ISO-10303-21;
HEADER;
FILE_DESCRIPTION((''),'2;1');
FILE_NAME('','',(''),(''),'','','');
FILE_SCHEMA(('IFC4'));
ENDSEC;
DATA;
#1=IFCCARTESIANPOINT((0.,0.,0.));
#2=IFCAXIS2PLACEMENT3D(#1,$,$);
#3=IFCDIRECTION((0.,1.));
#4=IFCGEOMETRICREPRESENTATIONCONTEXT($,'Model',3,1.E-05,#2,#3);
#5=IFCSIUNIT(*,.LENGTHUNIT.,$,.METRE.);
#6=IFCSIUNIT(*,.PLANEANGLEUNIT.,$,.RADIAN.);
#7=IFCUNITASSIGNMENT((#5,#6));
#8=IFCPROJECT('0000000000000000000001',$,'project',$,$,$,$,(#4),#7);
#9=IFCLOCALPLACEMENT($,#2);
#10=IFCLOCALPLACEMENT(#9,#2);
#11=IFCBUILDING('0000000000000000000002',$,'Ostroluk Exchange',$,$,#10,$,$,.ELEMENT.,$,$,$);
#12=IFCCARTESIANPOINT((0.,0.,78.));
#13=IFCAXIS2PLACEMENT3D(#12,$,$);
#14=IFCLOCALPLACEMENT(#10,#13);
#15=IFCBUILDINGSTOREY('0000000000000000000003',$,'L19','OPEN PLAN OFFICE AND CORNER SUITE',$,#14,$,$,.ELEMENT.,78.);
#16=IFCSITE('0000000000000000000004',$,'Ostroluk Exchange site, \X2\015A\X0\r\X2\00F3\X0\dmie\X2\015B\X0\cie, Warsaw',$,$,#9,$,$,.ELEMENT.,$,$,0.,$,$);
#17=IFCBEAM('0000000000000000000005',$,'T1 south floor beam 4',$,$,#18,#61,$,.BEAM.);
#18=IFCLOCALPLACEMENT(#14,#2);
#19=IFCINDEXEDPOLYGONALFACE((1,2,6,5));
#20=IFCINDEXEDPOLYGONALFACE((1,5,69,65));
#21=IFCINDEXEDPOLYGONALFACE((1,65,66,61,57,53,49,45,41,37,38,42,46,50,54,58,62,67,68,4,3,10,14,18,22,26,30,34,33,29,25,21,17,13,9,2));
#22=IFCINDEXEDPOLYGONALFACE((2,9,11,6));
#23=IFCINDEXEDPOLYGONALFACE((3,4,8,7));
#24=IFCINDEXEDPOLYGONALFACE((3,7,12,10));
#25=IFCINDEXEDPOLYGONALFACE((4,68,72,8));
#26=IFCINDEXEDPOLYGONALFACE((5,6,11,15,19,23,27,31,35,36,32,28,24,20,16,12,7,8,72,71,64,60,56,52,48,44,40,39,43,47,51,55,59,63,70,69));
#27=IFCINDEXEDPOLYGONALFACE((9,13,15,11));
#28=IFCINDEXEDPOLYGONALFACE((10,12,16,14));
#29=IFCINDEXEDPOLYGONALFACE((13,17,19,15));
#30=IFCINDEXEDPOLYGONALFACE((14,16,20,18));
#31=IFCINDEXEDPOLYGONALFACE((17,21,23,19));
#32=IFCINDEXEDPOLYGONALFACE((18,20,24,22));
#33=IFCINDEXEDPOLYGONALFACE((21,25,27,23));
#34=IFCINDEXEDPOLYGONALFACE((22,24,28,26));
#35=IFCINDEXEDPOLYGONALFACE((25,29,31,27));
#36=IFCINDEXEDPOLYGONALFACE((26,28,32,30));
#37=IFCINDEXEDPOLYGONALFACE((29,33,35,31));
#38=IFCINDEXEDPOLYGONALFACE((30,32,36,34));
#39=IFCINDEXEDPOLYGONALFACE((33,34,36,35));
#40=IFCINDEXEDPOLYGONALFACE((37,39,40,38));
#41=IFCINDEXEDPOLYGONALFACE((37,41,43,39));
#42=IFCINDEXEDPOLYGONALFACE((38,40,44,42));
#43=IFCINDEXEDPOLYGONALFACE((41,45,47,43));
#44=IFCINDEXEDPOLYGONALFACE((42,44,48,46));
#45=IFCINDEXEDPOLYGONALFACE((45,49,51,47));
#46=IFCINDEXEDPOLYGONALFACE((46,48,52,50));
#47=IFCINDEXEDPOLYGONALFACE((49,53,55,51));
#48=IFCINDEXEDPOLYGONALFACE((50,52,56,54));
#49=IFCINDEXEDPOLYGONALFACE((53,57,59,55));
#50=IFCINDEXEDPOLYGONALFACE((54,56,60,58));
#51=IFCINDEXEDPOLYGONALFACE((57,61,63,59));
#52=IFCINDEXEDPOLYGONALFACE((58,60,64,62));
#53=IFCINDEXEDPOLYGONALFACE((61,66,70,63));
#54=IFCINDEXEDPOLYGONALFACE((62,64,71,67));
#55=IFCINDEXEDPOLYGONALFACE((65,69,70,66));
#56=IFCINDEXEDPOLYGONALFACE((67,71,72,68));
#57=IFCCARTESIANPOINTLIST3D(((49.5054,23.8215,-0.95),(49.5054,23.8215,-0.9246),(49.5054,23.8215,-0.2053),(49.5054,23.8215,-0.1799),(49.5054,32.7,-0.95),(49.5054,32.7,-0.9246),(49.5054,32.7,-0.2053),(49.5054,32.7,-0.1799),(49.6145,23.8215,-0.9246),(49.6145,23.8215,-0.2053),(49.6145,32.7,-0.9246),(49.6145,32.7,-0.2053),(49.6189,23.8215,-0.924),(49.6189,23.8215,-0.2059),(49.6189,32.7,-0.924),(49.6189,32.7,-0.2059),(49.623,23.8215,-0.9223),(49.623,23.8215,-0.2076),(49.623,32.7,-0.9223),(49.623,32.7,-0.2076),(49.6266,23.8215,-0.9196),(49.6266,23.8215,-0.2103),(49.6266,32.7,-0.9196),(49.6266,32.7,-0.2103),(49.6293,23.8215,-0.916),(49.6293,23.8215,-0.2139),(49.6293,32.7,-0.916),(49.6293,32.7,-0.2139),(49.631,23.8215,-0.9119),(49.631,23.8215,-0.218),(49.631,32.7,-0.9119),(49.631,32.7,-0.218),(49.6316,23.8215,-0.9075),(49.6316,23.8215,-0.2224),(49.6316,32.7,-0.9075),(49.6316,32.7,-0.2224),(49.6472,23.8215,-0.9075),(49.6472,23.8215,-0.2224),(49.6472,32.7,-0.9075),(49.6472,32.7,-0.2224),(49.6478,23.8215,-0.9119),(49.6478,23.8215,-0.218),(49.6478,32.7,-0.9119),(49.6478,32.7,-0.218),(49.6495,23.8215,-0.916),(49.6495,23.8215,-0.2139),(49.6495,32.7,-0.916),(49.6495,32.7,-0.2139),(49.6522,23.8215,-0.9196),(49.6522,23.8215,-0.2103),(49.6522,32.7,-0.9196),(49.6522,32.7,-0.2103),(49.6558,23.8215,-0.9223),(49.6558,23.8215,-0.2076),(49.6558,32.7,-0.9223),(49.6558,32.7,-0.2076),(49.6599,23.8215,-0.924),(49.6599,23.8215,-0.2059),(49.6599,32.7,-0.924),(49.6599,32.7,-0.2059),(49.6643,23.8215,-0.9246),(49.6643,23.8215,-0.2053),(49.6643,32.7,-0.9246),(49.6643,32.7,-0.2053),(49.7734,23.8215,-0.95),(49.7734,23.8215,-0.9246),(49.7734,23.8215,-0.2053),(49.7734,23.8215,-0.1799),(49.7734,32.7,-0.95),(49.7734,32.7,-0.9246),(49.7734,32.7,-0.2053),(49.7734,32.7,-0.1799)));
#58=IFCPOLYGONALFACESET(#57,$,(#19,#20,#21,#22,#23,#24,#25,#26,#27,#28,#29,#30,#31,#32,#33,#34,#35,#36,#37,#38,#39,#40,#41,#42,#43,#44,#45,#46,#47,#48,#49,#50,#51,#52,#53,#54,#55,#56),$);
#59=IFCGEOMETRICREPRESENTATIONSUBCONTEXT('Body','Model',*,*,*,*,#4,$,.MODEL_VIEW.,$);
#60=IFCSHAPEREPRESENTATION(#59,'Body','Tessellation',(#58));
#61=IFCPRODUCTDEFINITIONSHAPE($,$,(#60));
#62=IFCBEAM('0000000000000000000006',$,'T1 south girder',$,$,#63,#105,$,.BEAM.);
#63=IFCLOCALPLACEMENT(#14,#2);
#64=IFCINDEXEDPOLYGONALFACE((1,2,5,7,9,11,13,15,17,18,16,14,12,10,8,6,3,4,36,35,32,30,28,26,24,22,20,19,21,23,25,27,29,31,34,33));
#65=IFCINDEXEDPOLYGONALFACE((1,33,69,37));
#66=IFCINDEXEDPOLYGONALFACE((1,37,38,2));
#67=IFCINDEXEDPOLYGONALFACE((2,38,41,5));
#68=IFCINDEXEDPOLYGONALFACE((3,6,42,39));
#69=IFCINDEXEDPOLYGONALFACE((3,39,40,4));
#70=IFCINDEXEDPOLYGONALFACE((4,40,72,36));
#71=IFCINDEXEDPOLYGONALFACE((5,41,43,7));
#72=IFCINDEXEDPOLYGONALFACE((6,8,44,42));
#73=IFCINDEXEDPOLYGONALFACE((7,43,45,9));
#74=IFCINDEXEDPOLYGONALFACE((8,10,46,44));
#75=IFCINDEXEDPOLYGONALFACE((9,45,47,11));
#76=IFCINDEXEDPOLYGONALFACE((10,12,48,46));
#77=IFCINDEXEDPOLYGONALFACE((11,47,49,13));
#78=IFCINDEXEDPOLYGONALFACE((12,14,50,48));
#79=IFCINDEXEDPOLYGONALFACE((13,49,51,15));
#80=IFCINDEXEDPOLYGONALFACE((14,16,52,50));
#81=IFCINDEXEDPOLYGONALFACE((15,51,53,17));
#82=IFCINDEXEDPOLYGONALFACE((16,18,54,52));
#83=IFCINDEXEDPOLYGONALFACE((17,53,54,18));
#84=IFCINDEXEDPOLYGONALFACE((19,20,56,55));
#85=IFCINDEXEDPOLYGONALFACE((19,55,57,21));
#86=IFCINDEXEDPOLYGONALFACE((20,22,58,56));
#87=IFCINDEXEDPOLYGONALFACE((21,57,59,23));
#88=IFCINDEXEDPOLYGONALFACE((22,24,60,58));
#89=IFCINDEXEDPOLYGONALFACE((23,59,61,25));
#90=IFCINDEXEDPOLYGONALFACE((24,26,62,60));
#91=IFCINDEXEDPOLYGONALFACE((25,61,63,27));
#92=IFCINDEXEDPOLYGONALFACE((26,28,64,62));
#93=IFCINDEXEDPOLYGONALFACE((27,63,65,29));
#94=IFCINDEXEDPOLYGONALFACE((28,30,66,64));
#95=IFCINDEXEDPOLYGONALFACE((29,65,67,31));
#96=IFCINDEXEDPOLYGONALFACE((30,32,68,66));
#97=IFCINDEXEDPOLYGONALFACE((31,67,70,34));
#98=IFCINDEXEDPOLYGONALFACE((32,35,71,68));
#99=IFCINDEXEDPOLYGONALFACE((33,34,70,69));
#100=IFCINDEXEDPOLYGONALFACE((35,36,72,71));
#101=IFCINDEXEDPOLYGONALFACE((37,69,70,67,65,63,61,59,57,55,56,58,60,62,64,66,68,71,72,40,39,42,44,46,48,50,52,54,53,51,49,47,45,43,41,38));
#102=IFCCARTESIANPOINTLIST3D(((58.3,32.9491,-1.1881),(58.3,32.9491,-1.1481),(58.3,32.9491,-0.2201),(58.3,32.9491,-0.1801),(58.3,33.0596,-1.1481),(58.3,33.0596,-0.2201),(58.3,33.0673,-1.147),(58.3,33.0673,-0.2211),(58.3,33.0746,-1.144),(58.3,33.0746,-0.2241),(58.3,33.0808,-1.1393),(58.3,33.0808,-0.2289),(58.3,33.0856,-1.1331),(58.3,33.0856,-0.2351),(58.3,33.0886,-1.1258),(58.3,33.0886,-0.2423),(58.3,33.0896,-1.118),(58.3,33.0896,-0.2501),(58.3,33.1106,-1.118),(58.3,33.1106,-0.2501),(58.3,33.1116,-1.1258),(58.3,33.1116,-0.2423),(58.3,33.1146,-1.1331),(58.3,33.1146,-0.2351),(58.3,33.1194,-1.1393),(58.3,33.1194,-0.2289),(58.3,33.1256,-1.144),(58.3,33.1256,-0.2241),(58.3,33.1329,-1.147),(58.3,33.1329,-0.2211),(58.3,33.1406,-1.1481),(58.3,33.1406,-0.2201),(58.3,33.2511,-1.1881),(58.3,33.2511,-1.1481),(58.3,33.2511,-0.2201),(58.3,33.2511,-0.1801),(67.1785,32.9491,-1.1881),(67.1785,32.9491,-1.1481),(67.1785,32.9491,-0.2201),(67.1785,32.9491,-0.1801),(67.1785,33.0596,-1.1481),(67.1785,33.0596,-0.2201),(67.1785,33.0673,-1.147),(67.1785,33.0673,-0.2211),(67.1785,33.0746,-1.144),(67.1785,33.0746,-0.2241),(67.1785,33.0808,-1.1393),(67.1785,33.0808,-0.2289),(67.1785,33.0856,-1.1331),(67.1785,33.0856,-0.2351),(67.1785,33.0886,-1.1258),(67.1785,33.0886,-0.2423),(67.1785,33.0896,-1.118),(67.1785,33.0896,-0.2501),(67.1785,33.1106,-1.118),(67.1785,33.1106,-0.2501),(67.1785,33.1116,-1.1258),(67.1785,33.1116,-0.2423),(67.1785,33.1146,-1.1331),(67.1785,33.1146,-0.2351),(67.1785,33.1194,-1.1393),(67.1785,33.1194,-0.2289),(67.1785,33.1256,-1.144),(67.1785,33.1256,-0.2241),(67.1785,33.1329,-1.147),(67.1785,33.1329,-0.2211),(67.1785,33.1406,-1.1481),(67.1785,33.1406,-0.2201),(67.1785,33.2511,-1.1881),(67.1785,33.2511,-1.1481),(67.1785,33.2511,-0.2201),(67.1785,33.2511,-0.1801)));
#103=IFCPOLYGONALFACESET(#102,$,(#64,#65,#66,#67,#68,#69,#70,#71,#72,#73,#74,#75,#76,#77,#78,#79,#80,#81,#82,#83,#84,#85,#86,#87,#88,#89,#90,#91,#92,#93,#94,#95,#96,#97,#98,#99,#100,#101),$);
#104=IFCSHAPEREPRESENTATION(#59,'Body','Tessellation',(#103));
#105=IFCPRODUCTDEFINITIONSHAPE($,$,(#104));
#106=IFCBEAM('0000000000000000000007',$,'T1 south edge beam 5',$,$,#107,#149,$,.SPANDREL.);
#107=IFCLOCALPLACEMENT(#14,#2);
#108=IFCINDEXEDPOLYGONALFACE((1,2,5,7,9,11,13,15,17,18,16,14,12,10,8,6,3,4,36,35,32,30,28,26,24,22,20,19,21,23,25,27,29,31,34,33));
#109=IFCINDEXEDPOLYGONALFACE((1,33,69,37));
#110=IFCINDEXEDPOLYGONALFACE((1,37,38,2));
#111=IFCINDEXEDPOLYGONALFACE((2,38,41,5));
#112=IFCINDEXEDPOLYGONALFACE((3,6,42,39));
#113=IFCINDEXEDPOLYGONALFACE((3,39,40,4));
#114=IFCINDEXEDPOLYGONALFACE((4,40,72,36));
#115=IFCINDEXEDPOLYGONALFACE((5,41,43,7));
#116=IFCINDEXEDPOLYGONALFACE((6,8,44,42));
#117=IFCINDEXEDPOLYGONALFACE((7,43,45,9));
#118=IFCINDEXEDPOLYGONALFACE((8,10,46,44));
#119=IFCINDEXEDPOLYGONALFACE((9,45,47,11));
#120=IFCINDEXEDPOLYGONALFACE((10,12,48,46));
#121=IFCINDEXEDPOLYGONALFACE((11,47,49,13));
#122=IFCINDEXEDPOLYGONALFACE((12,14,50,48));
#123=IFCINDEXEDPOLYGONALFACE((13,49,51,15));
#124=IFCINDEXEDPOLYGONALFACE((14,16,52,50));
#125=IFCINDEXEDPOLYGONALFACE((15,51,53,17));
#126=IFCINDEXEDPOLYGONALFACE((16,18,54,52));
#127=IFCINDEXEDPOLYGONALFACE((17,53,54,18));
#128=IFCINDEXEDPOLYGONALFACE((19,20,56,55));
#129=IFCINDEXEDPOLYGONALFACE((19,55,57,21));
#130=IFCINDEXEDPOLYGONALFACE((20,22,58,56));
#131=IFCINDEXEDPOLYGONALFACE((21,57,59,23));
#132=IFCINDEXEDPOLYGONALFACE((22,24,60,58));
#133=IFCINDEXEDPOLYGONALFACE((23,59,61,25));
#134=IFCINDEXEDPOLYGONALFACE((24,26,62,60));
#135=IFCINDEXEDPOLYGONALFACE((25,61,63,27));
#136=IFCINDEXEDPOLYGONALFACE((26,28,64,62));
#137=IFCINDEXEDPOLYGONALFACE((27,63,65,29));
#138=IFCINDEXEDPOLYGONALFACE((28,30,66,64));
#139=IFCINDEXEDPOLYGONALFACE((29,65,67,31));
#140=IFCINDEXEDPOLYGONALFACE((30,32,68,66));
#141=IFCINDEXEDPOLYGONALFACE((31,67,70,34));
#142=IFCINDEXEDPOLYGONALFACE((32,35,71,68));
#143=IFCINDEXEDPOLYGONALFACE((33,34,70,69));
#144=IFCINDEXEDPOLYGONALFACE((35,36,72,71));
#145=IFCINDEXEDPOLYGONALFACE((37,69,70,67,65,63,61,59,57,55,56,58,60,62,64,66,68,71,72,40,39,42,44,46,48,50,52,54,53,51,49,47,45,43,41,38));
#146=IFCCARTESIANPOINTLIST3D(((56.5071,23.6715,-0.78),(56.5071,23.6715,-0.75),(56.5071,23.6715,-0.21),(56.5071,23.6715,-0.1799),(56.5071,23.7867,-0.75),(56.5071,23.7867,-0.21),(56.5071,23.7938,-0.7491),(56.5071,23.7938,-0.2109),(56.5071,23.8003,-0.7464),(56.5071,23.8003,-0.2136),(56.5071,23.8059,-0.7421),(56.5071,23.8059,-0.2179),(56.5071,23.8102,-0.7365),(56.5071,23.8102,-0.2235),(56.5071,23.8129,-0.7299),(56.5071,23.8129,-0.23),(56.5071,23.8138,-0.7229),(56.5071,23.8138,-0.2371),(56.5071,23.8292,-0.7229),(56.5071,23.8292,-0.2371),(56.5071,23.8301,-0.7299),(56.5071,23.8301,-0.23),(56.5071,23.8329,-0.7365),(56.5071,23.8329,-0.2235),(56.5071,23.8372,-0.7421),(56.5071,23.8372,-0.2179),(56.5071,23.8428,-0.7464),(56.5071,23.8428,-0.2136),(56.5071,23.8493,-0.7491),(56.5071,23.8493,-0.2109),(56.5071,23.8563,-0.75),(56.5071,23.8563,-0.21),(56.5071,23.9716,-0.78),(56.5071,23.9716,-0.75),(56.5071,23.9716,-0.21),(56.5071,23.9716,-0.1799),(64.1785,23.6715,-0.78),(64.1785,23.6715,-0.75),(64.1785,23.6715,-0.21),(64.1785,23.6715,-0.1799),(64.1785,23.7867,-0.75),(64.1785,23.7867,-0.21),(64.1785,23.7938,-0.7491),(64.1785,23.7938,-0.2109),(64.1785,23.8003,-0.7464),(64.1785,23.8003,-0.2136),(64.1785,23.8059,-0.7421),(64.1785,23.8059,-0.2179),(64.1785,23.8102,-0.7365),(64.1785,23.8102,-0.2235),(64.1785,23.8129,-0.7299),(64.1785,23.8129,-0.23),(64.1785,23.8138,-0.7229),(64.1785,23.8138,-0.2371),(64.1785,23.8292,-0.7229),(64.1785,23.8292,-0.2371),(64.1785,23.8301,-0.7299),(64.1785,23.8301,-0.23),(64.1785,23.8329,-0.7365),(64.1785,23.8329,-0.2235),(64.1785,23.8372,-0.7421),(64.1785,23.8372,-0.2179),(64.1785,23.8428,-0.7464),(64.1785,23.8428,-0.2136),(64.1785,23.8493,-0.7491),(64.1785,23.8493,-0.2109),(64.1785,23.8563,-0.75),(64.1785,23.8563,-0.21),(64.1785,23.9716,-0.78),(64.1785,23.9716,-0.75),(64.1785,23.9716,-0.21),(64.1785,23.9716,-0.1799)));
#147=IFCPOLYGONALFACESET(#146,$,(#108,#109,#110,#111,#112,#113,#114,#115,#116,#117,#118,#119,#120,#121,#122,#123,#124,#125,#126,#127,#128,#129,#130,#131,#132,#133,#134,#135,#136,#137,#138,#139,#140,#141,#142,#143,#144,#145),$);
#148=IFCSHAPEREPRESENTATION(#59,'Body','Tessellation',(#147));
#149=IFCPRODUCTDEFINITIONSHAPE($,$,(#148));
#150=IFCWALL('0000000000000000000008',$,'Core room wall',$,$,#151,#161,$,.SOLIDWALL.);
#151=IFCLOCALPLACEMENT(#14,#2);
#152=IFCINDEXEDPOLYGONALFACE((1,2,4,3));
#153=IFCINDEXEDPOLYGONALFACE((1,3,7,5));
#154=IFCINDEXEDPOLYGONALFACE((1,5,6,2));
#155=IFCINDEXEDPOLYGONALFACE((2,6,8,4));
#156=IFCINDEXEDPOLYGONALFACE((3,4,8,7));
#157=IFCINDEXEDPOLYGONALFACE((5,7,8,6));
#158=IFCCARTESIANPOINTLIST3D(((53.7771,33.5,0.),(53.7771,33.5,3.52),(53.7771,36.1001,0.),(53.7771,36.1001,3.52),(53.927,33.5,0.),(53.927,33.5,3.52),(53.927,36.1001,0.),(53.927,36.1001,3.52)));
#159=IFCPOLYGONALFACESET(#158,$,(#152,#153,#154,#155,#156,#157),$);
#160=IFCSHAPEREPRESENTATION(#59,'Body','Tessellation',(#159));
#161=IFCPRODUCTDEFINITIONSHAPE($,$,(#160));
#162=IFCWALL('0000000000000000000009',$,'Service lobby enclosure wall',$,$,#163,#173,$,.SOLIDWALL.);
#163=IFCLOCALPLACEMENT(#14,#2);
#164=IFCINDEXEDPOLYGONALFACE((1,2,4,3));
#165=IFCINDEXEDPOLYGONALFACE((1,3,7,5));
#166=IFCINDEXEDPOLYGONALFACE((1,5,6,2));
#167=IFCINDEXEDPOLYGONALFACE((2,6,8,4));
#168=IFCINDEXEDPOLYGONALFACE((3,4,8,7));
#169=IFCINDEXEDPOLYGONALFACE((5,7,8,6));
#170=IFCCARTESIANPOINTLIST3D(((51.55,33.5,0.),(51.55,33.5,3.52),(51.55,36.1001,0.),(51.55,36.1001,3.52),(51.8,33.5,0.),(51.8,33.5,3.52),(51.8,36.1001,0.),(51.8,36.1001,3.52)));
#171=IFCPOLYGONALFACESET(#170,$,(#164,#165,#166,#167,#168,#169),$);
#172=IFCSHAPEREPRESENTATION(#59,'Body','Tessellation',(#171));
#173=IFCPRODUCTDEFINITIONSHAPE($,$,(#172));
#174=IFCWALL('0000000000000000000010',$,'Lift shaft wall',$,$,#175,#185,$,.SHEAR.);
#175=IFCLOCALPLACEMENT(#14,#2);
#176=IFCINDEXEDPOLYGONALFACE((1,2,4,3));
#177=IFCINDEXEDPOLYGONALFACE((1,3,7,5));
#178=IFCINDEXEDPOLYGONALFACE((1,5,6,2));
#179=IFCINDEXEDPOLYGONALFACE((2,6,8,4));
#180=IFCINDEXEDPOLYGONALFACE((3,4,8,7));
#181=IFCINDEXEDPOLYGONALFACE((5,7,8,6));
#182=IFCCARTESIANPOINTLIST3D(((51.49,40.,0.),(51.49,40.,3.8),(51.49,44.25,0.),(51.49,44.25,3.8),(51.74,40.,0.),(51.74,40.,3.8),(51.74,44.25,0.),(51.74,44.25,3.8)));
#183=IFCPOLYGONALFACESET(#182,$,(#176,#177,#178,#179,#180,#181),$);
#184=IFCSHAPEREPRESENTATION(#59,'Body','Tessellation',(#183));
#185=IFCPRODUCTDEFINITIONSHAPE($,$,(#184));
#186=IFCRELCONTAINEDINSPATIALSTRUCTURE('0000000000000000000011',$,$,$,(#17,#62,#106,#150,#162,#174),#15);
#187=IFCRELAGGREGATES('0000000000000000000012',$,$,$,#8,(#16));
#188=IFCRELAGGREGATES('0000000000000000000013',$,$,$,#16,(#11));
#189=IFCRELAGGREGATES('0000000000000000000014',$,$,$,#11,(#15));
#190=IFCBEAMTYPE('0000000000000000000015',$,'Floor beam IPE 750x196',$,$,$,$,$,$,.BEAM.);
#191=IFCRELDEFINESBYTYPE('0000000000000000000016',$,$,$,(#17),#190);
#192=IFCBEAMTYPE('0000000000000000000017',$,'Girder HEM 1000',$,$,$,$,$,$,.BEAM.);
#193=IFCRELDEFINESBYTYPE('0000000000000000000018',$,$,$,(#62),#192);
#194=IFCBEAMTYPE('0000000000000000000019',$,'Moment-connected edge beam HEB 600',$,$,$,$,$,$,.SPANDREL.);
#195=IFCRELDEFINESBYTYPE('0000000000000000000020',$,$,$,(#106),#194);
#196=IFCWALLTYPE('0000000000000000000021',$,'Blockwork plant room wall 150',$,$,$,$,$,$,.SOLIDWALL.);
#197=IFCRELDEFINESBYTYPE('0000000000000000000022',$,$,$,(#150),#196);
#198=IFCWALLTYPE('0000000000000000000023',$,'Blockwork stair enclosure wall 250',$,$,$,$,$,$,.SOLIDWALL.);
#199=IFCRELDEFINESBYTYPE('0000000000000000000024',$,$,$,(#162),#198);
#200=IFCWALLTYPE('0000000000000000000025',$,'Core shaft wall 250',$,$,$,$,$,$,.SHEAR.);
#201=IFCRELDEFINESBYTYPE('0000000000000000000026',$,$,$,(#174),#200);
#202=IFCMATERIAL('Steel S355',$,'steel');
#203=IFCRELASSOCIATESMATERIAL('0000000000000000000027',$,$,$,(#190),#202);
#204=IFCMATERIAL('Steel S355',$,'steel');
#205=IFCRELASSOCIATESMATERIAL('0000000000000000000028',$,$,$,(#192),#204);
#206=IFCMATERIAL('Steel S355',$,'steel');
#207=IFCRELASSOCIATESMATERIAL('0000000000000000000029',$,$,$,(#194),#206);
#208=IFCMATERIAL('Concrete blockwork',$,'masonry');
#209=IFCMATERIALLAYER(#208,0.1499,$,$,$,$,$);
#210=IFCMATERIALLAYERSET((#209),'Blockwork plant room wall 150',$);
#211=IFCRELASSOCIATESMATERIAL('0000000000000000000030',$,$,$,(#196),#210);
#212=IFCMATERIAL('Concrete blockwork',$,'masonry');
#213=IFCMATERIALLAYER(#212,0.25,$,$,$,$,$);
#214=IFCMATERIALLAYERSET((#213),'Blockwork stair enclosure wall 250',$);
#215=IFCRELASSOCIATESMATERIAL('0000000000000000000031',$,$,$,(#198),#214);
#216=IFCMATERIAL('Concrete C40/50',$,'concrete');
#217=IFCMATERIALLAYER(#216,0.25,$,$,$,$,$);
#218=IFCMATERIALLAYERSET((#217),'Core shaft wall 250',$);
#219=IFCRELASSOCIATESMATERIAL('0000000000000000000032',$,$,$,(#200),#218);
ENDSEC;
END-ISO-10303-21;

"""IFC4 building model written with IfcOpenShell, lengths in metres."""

from ifc_helpers import new_model, si_unit, direction, frame, frame_2d, origin, origin_2d, place, context, subcontext, project, spatial, rectangle, i_section, extrude, material, layer, layer_set, material_profile, profile_set, type_object, element, save


model = new_model("IFC4")

# Units and contexts
model_context = context("Model", 3, precision=1e-05, world=origin(), true_north=direction((0.0, 1.0)))
body_context = subcontext(model_context, "Body", "Model", "MODEL_VIEW")
ifc_project = project(units=[si_unit("LENGTHUNIT", "METRE"), si_unit("PLANEANGLEUNIT", "RADIAN")], contexts=[model_context])

# Site, building, storey
site_placement = place(None, origin())
site = spatial("IfcSite", under=ifc_project, at=site_placement, Name="Ostroluk Exchange site, Śródmieście, Warsaw", CompositionType="ELEMENT", RefElevation=0.0)
building_placement = place(site_placement, origin())
building = spatial("IfcBuilding", under=site, at=building_placement, Name="Ostroluk Exchange", CompositionType="ELEMENT")
storey_placement = place(building_placement, frame((0.0, 0.0, 78.0)))
storey = spatial("IfcBuildingStorey", under=building, at=storey_placement, Name="L19", Description="OPEN PLAN OFFICE AND CORNER SUITE", CompositionType="ELEMENT", Elevation=78.0)

# Beams
ifc_material_1 = material(Name="Steel S355", Category="steel")
ifc_material_profile_1 = material_profile(ifc_material_1, i_section(OverallWidth=0.2681, OverallDepth=0.77, WebThickness=0.0156, FlangeThickness=0.0254, FilletRadius=0.0171, at=origin_2d()), Name="IPE 750x196")
ifc_profile_set_1 = profile_set([ifc_material_profile_1], Name="Steel S355")
beam_type_1 = type_object("IfcBeamType", Name="Floor beam IPE 750x196", PredefinedType="BEAM", material=ifc_profile_set_1)
for number, where, z_axis, x_axis, name in (
    (1, (49.6394, 32.7, -0.5649), (0.0, -1.0, 0.0), (1.0, 0.0, 0.0), "T1 south floor beam 4"),
):
    element("IfcBeam", number, at=place(storey_placement, frame(where, z_axis=z_axis, x_axis=x_axis)), inside=storey, type_object=beam_type_1, Name=name, PredefinedType="BEAM", context=body_context, shape_type="SweptSolid", body=[
        extrude(i_section(OverallWidth=0.2681, OverallDepth=0.77, WebThickness=0.0156, FlangeThickness=0.0254, FilletRadius=0.0171, at=origin_2d()), origin(), (0.0, 0.0, 1.0), 8.8784),
    ])
ifc_material_2 = material(Name="Steel S355", Category="steel")
ifc_material_profile_2 = material_profile(ifc_material_2, i_section(OverallWidth=0.302, OverallDepth=1.0081, WebThickness=0.021, FlangeThickness=0.04, FilletRadius=0.03, at=origin_2d()), Name="HEM 1000")
ifc_profile_set_2 = profile_set([ifc_material_profile_2], Name="Steel S355")
beam_type_2 = type_object("IfcBeamType", Name="Girder HEM 1000", PredefinedType="BEAM", material=ifc_profile_set_2)
beam_1_placement = place(storey_placement, frame((58.3, 33.1001, -0.6841), z_axis=(1.0, 0.0, 0.0), x_axis=(0.0, 1.0, 0.0)))
element("IfcBeam", 2, at=beam_1_placement, inside=storey, type_object=beam_type_2, Name="T1 south girder", PredefinedType="BEAM", context=body_context, shape_type="SweptSolid", body=[
    extrude(i_section(OverallWidth=0.302, OverallDepth=1.0081, WebThickness=0.021, FlangeThickness=0.04, FilletRadius=0.03, at=origin_2d()), origin(), (0.0, 0.0, 1.0), 8.8784),
])
ifc_material_3 = material(Name="Steel S355", Category="steel")
ifc_material_profile_3 = material_profile(ifc_material_3, i_section(OverallWidth=0.3, OverallDepth=0.6001, WebThickness=0.0154, FlangeThickness=0.03, FilletRadius=0.0271, at=origin_2d()), Name="HEB 600")
ifc_profile_set_3 = profile_set([ifc_material_profile_3], Name="Steel S355")
beam_type_3 = type_object("IfcBeamType", Name="Moment-connected edge beam HEB 600", PredefinedType="SPANDREL", material=ifc_profile_set_3)
beam_2_placement = place(storey_placement, frame((56.5071, 23.8215, -0.48), z_axis=(1.0, 0.0, 0.0), x_axis=(0.0, 1.0, 0.0)))
element("IfcBeam", 3, at=beam_2_placement, inside=storey, type_object=beam_type_3, Name="T1 south edge beam 5", PredefinedType="SPANDREL", context=body_context, shape_type="SweptSolid", body=[
    extrude(i_section(OverallWidth=0.3, OverallDepth=0.6001, WebThickness=0.0154, FlangeThickness=0.03, FilletRadius=0.0271, at=origin_2d()), origin(), (0.0, 0.0, 1.0), 7.6714),
])

# Walls
ifc_material_4 = material(Name="Concrete blockwork", Category="masonry")
ifc_layer_1 = layer(ifc_material_4, 0.1499)
ifc_layer_set_1 = layer_set([ifc_layer_1], Name="Blockwork plant room wall 150")
wall_type_1 = type_object("IfcWallType", Name="Blockwork plant room wall 150", PredefinedType="SOLIDWALL", material=ifc_layer_set_1)
wall_1_placement = place(storey_placement, frame((53.8521, 33.5, 0.0), z_axis=(0.0, 0.0, 1.0), x_axis=(0.0, 1.0, 0.0)))
element("IfcWall", 4, at=wall_1_placement, inside=storey, type_object=wall_type_1, Name="Core room wall", PredefinedType="SOLIDWALL", context=body_context, shape_type="SweptSolid", body=[
    extrude(rectangle(XDim=2.6001, YDim=0.1499, at=frame_2d((1.3, 0.0))), origin(), (0.0, 0.0, 1.0), 3.52),
])
ifc_material_5 = material(Name="Concrete blockwork", Category="masonry")
ifc_layer_2 = layer(ifc_material_5, 0.25)
ifc_layer_set_2 = layer_set([ifc_layer_2], Name="Blockwork stair enclosure wall 250")
wall_type_2 = type_object("IfcWallType", Name="Blockwork stair enclosure wall 250", PredefinedType="SOLIDWALL", material=ifc_layer_set_2)
wall_2_placement = place(storey_placement, frame((51.675, 33.5, 0.0), z_axis=(0.0, 0.0, 1.0), x_axis=(0.0, 1.0, 0.0)))
element("IfcWall", 5, at=wall_2_placement, inside=storey, type_object=wall_type_2, Name="Service lobby enclosure wall", PredefinedType="SOLIDWALL", context=body_context, shape_type="SweptSolid", body=[
    extrude(rectangle(XDim=2.6001, YDim=0.25, at=frame_2d((1.3, 0.0))), origin(), (0.0, 0.0, 1.0), 3.52),
])

# Shared definitions
ifc_material_6 = material(Name="Concrete C40/50", Category="concrete")
ifc_layer_3 = layer(ifc_material_6, 0.25)
ifc_layer_set_3 = layer_set([ifc_layer_3], Name="Core shaft wall 250")
wall_type_3 = type_object("IfcWallType", Name="Core shaft wall 250", PredefinedType="SHEAR", material=ifc_layer_set_3)

# Wall
wall_3_placement = place(storey_placement, frame((51.615, 44.25, 0.0), z_axis=(0.0, 0.0, 1.0), x_axis=(0.0, -1.0, 0.0)))
element("IfcWall", 6, at=wall_3_placement, inside=storey, type_object=wall_type_3, Name="Lift shaft wall", PredefinedType="SHEAR", context=body_context, shape_type="SweptSolid", body=[
    extrude(rectangle(XDim=4.25, YDim=0.25, at=frame_2d((2.125, 0.0))), origin(), (0.0, 0.0, 1.0), 3.8),
])

save(model, "model.ifc")
